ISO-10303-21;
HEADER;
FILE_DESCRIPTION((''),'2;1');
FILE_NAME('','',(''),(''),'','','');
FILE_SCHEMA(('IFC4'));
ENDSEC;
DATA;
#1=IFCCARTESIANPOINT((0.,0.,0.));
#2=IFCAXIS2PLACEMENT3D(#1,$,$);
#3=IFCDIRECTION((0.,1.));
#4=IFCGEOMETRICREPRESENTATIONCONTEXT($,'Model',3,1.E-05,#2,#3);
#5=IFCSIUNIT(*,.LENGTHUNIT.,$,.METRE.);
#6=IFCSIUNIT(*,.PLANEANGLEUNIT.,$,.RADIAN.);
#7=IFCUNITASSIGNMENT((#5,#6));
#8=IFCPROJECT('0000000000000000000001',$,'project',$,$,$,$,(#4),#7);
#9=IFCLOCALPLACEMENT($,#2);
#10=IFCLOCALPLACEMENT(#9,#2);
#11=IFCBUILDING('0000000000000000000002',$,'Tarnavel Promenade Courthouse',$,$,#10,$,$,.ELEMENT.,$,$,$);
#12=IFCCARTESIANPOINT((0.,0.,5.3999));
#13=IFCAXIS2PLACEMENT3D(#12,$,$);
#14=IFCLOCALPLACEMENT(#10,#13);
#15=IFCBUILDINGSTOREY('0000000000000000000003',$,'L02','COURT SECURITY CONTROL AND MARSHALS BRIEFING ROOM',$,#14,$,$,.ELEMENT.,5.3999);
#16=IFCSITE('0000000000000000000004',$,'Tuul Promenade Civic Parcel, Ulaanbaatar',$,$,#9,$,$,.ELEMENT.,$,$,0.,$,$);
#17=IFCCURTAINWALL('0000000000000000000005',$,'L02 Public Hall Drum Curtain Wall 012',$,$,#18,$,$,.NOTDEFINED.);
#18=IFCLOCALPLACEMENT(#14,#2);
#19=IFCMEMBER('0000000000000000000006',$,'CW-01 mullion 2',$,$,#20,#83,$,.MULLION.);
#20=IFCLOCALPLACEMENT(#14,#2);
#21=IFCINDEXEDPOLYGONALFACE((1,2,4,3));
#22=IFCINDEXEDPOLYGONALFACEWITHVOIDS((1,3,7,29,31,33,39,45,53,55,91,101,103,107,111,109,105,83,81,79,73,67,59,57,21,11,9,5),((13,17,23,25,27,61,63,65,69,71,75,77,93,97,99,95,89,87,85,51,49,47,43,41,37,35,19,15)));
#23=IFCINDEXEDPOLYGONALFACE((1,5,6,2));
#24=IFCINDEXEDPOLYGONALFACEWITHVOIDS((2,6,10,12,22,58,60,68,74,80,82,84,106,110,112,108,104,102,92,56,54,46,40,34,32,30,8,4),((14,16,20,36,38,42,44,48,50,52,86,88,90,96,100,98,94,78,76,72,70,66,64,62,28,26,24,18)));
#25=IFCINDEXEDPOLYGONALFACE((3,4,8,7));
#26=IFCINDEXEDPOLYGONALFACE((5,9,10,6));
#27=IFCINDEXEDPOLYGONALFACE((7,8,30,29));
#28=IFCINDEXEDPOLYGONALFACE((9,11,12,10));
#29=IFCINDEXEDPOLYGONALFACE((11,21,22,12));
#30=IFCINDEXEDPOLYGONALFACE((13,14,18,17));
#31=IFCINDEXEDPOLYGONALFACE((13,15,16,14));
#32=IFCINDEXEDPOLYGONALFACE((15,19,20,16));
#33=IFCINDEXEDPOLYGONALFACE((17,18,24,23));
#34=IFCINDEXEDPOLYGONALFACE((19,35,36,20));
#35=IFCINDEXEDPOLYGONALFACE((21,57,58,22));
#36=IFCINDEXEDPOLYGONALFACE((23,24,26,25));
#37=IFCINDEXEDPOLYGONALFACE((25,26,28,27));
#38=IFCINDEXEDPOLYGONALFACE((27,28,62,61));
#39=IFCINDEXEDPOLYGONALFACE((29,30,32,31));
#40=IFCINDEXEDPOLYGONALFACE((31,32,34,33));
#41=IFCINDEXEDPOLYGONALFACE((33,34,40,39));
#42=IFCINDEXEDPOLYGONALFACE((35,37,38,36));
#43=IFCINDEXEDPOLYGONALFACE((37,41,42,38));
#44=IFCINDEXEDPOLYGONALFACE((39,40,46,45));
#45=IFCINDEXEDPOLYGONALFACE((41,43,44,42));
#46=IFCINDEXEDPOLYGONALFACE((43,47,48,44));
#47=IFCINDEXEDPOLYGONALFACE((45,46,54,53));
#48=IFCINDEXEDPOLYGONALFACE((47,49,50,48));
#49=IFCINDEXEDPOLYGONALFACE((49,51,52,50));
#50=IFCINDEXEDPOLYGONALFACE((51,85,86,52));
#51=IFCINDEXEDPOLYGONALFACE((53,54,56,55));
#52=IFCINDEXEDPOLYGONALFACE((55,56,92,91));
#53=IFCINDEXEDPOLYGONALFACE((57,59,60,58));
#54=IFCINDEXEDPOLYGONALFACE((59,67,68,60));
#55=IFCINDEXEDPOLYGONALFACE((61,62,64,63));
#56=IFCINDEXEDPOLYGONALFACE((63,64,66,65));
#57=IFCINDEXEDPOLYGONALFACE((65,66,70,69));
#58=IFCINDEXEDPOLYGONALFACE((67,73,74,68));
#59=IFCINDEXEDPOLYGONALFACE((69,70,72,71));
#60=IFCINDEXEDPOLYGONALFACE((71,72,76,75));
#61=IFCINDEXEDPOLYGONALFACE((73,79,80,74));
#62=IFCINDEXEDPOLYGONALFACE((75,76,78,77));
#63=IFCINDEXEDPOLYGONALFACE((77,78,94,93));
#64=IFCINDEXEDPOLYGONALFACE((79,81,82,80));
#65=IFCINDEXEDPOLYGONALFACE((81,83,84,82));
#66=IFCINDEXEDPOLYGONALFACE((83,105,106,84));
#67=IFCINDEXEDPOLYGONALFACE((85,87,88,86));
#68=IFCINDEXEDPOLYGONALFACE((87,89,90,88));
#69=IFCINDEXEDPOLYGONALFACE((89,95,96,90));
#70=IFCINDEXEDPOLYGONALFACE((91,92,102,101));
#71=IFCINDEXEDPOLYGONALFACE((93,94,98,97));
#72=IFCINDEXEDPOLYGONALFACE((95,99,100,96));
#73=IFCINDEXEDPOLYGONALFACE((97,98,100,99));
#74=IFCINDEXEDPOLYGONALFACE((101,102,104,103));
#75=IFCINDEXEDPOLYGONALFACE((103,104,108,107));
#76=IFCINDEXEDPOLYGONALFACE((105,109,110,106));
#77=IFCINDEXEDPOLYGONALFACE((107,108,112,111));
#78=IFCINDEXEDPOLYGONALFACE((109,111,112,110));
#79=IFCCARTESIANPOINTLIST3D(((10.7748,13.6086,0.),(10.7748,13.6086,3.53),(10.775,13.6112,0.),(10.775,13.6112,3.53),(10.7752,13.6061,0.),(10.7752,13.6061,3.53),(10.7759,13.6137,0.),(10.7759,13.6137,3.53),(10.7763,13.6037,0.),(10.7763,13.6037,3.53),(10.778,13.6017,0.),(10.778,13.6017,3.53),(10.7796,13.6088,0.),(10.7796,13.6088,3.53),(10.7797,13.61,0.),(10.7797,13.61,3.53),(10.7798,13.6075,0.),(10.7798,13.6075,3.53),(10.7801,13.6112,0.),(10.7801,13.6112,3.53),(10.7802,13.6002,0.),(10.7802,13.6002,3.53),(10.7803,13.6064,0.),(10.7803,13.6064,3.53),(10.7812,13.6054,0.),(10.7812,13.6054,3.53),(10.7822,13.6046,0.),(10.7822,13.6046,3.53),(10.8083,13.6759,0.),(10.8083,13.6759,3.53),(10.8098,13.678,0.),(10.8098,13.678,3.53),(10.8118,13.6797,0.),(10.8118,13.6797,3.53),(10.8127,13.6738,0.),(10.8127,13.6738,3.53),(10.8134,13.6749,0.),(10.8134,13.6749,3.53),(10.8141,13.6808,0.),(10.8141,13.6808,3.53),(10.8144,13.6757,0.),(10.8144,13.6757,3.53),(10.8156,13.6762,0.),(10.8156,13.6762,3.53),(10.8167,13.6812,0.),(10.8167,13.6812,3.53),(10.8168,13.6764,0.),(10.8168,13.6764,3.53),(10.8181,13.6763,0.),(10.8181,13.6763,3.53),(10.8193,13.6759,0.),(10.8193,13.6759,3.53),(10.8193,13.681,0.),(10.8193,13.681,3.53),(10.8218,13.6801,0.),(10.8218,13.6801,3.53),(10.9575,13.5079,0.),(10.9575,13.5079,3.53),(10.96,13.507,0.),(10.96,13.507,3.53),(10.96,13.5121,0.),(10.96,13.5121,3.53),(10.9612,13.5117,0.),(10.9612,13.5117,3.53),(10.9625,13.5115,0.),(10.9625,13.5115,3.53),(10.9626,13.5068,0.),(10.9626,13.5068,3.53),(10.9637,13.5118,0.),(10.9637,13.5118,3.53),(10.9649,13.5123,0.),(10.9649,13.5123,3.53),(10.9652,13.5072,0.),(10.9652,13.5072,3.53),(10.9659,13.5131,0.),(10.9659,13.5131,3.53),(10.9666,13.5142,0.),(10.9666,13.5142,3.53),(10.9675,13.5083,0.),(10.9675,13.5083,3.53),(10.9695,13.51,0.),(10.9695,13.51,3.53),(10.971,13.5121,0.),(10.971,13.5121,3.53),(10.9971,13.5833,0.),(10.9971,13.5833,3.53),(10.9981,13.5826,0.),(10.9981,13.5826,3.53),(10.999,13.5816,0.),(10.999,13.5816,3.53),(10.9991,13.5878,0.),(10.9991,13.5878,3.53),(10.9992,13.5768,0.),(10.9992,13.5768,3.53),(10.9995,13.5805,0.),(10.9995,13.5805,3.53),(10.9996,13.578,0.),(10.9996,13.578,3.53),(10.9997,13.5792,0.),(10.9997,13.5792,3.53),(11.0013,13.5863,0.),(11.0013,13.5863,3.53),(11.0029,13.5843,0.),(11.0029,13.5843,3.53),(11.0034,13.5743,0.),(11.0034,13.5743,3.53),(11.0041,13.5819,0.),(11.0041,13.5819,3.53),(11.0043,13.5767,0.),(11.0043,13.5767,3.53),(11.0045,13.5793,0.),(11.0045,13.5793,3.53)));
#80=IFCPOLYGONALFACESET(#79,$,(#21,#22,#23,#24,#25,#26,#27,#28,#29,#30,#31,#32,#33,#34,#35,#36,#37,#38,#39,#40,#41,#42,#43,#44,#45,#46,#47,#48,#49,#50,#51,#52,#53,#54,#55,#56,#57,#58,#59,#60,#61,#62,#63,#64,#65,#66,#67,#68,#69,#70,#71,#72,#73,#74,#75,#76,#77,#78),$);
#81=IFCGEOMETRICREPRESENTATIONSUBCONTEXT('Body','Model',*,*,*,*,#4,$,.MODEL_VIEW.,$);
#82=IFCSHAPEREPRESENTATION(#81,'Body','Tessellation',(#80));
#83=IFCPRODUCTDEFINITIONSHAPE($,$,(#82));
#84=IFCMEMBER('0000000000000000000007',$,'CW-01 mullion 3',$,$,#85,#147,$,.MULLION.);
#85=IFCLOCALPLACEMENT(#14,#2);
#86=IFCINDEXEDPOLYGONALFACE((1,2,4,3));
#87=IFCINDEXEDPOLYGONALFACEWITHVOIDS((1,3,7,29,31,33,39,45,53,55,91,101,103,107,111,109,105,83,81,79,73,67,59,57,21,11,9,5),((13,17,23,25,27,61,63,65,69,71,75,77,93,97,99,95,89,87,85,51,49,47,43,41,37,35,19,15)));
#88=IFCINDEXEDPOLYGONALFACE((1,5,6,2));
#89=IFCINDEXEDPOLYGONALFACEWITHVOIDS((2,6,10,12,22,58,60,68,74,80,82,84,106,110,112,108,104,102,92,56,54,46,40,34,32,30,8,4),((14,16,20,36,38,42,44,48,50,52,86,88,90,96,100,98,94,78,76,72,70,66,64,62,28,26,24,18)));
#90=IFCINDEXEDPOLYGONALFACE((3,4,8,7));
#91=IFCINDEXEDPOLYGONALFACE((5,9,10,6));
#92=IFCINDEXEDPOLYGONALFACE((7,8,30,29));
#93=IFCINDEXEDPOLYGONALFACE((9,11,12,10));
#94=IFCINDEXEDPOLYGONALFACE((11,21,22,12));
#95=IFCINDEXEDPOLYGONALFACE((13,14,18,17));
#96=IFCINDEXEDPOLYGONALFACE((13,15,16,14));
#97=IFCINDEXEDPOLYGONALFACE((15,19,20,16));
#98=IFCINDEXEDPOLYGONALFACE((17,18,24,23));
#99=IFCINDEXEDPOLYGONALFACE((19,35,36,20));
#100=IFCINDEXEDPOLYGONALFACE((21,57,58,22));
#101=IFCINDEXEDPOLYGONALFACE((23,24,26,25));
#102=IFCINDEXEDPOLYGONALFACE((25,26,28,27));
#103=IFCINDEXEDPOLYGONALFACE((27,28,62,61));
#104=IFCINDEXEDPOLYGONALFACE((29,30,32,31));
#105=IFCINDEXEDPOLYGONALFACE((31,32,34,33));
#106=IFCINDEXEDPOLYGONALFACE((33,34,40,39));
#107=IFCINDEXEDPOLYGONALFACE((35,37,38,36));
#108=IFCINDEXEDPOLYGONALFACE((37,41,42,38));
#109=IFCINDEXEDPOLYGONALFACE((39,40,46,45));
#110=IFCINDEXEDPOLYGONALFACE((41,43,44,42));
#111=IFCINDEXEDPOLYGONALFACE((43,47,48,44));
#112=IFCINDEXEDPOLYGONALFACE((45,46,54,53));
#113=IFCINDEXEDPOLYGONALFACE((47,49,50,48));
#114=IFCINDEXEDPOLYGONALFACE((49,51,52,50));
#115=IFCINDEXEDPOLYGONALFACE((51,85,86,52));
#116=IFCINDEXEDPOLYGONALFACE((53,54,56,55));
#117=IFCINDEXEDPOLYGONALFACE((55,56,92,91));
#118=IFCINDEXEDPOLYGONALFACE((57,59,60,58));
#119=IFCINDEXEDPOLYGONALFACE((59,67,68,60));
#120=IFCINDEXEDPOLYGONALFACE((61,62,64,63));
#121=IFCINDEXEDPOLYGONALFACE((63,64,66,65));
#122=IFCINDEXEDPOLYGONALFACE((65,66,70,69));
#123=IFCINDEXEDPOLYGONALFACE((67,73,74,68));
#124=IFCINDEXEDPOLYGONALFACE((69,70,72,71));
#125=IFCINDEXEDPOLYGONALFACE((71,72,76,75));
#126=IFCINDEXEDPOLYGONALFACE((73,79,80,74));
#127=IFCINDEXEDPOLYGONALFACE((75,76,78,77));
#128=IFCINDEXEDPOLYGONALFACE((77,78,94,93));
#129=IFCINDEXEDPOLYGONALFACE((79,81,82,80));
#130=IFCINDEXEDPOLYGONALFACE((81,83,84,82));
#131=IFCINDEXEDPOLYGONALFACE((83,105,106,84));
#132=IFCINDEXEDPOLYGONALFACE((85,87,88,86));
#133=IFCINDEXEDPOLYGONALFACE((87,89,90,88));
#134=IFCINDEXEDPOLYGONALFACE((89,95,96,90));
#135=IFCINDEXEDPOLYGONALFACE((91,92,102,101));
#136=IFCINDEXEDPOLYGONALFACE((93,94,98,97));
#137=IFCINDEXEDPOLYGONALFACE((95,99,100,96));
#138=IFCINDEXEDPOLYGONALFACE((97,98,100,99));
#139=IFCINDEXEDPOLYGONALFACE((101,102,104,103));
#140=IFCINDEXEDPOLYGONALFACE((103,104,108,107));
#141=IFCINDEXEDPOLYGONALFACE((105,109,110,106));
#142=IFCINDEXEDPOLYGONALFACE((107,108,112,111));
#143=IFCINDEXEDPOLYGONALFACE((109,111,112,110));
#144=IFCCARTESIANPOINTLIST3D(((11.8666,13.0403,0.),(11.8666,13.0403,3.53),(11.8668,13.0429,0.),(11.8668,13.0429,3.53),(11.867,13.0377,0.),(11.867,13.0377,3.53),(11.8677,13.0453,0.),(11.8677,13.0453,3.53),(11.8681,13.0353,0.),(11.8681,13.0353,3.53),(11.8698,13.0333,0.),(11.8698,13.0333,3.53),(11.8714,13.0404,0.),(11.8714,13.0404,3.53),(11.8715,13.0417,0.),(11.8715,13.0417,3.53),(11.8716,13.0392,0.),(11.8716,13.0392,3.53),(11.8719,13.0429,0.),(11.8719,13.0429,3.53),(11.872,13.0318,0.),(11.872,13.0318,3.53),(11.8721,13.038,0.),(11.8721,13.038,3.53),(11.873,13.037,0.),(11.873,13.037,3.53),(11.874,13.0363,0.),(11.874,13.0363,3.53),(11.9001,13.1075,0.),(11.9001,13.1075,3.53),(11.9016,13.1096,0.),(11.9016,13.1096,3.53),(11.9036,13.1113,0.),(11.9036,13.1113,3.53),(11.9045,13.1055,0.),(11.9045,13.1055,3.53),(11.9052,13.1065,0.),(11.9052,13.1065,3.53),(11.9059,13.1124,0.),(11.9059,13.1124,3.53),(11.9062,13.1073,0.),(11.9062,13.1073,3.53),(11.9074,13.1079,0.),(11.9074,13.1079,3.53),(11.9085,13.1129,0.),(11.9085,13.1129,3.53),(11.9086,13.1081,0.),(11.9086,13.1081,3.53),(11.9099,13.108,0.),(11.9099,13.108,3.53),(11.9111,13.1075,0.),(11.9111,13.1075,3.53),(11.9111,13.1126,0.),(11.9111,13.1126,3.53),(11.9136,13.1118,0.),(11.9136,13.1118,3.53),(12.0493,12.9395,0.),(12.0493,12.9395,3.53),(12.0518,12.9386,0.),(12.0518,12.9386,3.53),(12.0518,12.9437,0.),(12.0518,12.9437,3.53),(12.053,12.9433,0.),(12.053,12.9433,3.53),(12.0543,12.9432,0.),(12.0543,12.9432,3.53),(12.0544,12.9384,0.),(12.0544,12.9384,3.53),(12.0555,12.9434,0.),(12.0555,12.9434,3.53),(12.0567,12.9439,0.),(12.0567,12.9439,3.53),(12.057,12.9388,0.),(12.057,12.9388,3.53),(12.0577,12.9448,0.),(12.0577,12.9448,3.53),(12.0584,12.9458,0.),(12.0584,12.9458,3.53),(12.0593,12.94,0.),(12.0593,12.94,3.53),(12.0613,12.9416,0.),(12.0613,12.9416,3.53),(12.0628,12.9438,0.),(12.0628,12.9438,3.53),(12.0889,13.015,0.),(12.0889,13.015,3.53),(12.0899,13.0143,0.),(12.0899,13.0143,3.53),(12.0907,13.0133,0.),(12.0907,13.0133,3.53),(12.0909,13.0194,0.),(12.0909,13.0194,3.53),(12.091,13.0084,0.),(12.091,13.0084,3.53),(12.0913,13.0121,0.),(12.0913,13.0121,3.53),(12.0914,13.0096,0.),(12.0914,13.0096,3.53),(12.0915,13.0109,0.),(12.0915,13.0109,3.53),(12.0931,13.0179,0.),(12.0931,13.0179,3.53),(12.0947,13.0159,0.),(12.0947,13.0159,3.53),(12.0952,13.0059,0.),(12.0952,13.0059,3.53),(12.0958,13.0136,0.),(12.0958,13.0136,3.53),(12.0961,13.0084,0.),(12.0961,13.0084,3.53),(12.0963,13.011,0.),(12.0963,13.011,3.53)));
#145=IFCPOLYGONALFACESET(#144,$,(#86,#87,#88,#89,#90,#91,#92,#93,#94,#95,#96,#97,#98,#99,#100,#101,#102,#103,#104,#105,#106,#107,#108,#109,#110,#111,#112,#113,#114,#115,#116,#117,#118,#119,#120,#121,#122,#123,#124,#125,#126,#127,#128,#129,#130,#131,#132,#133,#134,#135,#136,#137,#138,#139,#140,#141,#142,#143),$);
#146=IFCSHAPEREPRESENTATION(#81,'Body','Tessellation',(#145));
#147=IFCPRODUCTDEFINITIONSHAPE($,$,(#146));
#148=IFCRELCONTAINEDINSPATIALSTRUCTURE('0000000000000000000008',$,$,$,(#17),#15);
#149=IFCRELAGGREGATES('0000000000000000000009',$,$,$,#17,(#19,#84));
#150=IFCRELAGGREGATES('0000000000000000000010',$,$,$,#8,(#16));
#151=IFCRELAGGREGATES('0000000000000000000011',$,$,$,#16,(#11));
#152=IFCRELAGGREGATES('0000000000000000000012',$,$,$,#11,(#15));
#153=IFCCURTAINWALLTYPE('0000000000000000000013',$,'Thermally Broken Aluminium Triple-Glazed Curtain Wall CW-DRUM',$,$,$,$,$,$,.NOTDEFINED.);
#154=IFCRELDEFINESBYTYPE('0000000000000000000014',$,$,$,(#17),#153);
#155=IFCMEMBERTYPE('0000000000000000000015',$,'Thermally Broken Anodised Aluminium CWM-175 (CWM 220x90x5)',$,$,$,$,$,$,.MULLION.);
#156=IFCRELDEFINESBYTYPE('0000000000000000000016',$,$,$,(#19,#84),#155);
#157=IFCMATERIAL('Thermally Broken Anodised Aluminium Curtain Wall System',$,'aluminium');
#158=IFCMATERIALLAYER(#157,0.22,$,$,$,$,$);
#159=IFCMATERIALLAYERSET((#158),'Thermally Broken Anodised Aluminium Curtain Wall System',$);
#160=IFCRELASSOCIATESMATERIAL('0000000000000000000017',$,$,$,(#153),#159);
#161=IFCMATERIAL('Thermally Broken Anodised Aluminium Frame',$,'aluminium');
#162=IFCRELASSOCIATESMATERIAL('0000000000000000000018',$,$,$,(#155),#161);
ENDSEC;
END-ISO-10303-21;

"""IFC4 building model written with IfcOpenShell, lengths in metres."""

from ifc_helpers import new_model, si_unit, direction, frame, origin, origin_2d, place, context, subcontext, project, spatial, hollow_rectangle, extrude, material, layer, layer_set, material_profile, profile_set, type_object, element, aggregate, save


model = new_model("IFC4")

# Units and contexts
model_context = context("Model", 3, precision=1e-05, world=origin(), true_north=direction((0.0, 1.0)))
body_context = subcontext(model_context, "Body", "Model", "MODEL_VIEW")
ifc_project = project(units=[si_unit("LENGTHUNIT", "METRE"), si_unit("PLANEANGLEUNIT", "RADIAN")], contexts=[model_context])

# Site, building, storey
site_placement = place(None, origin())
site = spatial("IfcSite", under=ifc_project, at=site_placement, Name="Tuul Promenade Civic Parcel, Ulaanbaatar", CompositionType="ELEMENT", RefElevation=0.0)
building_placement = place(site_placement, origin())
building = spatial("IfcBuilding", under=site, at=building_placement, Name="Tarnavel Promenade Courthouse", CompositionType="ELEMENT")
storey_placement = place(building_placement, frame((0.0, 0.0, 5.3999)))
storey = spatial("IfcBuildingStorey", under=building, at=storey_placement, Name="L02", Description="COURT SECURITY CONTROL AND MARSHALS BRIEFING ROOM", CompositionType="ELEMENT", Elevation=5.3999)

# Curtain wall, members
ifc_material_1 = material(Name="Thermally Broken Anodised Aluminium Curtain Wall System", Category="aluminium")
ifc_layer_1 = layer(ifc_material_1, 0.22)
ifc_layer_set_1 = layer_set([ifc_layer_1], Name="Thermally Broken Anodised Aluminium Curtain Wall System")
curtain_wall_type = type_object("IfcCurtainWallType", Name="Thermally Broken Aluminium Triple-Glazed Curtain Wall CW-DRUM", PredefinedType="NOTDEFINED", material=ifc_layer_set_1)
curtain_wall_1_placement = place(storey_placement, origin())
curtain_wall_1 = element("IfcCurtainWall", 1, at=curtain_wall_1_placement, inside=storey, type_object=curtain_wall_type, Name="L02 Public Hall Drum Curtain Wall 012", PredefinedType="NOTDEFINED")
ifc_material_2 = material(Name="Thermally Broken Anodised Aluminium Frame", Category="aluminium")
ifc_material_profile_1 = material_profile(ifc_material_2, hollow_rectangle(XDim=0.0901, YDim=0.22, WallThickness=0.0049, InnerFilletRadius=0.0049, OuterFilletRadius=0.01, at=origin_2d()), Name="CWM 220x90x5")
ifc_profile_set_1 = profile_set([ifc_material_profile_1], Name="Thermally Broken Anodised Aluminium Frame")
member_type_1 = type_object("IfcMemberType", Name="Thermally Broken Anodised Aluminium CWM-175 (CWM 220x90x5)", PredefinedType="MULLION", material=ifc_profile_set_1)
member_1_placement = place(storey_placement, frame((10.8896, 13.594, 0.0), z_axis=(0.0, 0.0, 1.0), x_axis=(0.461749, 0.88701, 0.0)))
member_1 = element("IfcMember", 2, at=member_1_placement, type_object=member_type_1, Name="CW-01 mullion 2", PredefinedType="MULLION", context=body_context, shape_type="SweptSolid", body=[
    extrude(hollow_rectangle(XDim=0.0901, YDim=0.22, WallThickness=0.0049, InnerFilletRadius=0.0049, OuterFilletRadius=0.01, at=origin_2d()), origin(), (0.0, 0.0, 1.0), 3.53),
])
member_2_placement = place(storey_placement, frame((11.9814, 13.0256, 0.0), z_axis=(0.0, 0.0, 1.0), x_axis=(0.461749, 0.88701, 0.0)))
member_2 = element("IfcMember", 3, at=member_2_placement, type_object=member_type_1, Name="CW-01 mullion 3", PredefinedType="MULLION", context=body_context, shape_type="SweptSolid", body=[
    extrude(hollow_rectangle(XDim=0.0901, YDim=0.22, WallThickness=0.0049, InnerFilletRadius=0.0049, OuterFilletRadius=0.01, at=origin_2d()), origin(), (0.0, 0.0, 1.0), 3.53),
])

aggregate(curtain_wall_1, [member_1, member_2])

save(model, "model.ifc")
